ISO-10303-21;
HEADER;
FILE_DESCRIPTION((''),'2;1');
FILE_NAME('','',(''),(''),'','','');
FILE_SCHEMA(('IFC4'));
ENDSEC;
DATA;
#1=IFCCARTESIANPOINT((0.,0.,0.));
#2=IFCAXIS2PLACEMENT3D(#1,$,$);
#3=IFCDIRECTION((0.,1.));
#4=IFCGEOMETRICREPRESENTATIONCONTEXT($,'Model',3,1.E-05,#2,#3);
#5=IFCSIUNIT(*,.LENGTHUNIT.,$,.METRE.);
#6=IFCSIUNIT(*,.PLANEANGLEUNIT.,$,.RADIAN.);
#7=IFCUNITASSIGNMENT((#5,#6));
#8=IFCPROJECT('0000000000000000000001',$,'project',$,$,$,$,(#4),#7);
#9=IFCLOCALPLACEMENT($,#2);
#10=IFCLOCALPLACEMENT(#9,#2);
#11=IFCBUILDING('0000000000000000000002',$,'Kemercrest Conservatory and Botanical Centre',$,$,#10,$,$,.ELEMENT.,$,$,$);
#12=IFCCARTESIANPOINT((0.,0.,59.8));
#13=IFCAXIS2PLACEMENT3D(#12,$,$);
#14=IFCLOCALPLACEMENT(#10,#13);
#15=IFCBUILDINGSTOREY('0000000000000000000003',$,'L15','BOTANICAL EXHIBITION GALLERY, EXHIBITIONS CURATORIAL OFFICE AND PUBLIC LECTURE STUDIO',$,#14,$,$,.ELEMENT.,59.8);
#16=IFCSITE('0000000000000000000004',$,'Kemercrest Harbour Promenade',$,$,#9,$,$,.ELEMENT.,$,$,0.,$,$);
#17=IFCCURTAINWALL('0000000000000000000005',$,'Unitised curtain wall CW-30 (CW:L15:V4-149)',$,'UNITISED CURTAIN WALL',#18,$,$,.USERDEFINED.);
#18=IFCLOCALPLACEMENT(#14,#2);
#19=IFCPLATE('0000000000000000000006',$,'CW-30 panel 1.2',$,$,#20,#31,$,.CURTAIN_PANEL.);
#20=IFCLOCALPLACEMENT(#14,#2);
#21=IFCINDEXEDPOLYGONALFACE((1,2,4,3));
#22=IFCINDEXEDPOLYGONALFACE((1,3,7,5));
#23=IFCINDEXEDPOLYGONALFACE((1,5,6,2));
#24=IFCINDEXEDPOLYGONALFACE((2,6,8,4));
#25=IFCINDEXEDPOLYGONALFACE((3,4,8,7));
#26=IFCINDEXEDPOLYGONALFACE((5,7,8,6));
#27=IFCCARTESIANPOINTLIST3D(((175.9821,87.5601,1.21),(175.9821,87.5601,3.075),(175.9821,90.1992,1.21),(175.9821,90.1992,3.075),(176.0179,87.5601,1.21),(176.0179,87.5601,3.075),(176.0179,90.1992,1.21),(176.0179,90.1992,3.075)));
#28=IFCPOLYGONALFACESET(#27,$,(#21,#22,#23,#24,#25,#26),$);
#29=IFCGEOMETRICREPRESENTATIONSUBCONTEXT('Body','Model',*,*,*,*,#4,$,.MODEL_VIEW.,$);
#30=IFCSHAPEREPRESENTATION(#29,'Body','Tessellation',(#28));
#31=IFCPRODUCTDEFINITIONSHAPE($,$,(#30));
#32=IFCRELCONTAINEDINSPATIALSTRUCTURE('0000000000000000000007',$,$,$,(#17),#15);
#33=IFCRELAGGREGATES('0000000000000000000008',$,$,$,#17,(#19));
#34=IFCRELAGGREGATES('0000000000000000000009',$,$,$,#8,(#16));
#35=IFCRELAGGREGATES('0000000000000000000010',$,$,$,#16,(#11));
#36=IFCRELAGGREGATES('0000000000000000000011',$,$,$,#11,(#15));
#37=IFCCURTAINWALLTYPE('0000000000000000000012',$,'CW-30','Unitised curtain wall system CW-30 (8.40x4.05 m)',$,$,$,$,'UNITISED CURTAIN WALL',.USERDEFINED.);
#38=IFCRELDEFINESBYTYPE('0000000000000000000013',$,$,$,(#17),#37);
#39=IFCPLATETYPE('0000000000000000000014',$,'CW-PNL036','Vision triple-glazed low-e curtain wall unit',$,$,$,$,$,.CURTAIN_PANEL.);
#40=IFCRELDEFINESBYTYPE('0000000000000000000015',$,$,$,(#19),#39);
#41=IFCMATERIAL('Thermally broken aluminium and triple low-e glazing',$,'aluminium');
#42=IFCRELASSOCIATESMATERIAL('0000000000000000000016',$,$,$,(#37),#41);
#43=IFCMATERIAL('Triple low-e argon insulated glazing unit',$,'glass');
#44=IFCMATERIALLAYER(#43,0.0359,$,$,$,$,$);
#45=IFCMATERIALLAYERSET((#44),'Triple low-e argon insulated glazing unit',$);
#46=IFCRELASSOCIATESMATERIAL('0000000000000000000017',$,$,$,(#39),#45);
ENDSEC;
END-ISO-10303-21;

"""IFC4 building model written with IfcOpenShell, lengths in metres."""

from ifc_helpers import new_model, si_unit, direction, frame, origin, origin_2d, place, context, subcontext, project, spatial, rectangle, extrude, material, layer, layer_set, type_object, element, aggregate, save


model = new_model("IFC4")

# Units and contexts
model_context = context("Model", 3, precision=1e-05, world=origin(), true_north=direction((0.0, 1.0)))
body_context = subcontext(model_context, "Body", "Model", "MODEL_VIEW")
ifc_project = project(units=[si_unit("LENGTHUNIT", "METRE"), si_unit("PLANEANGLEUNIT", "RADIAN")], contexts=[model_context])

# Site, building, storey
site_placement = place(None, origin())
site = spatial("IfcSite", under=ifc_project, at=site_placement, Name="Kemercrest Harbour Promenade", CompositionType="ELEMENT", RefElevation=0.0)
building_placement = place(site_placement, origin())
building = spatial("IfcBuilding", under=site, at=building_placement, Name="Kemercrest Conservatory and Botanical Centre", CompositionType="ELEMENT")
storey_placement = place(building_placement, frame((0.0, 0.0, 59.8)))
storey = spatial("IfcBuildingStorey", under=building, at=storey_placement, Name="L15", Description="BOTANICAL EXHIBITION GALLERY, EXHIBITIONS CURATORIAL OFFICE AND PUBLIC LECTURE STUDIO", CompositionType="ELEMENT", Elevation=59.8)

# Curtain wall
ifc_material_1 = material(Name="Thermally broken aluminium and triple low-e glazing", Category="aluminium")
curtain_wall_type_1 = type_object("IfcCurtainWallType", Name="CW-30", Description="Unitised curtain wall system CW-30 (8.40x4.05 m)", ElementType="UNITISED CURTAIN WALL", PredefinedType="USERDEFINED", material=ifc_material_1)
curtain_wall_1_placement = place(storey_placement, origin())
curtain_wall_1 = element("IfcCurtainWall", 1, at=curtain_wall_1_placement, inside=storey, type_object=curtain_wall_type_1, Name="Unitised curtain wall CW-30 (CW:L15:V4-149)", ObjectType="UNITISED CURTAIN WALL", PredefinedType="USERDEFINED")

# Plate
ifc_material_2 = material(Name="Triple low-e argon insulated glazing unit", Category="glass")
ifc_layer = layer(ifc_material_2, 0.0359)
ifc_layer_set = layer_set([ifc_layer], Name="Triple low-e argon insulated glazing unit")
plate_type = type_object("IfcPlateType", Name="CW-PNL036", Description="Vision triple-glazed low-e curtain wall unit", PredefinedType="CURTAIN_PANEL", material=ifc_layer_set)
plate_1_placement = place(storey_placement, frame((176.0, 88.8796, 1.21), z_axis=(0.0, 0.0, 1.0), x_axis=(0.0, 1.0, 0.0)))
plate_1 = element("IfcPlate", 2, at=plate_1_placement, type_object=plate_type, Name="CW-30 panel 1.2", PredefinedType="CURTAIN_PANEL", context=body_context, shape_type="SweptSolid", body=[
    extrude(rectangle(XDim=2.6392, YDim=0.0359, at=origin_2d()), origin(), (0.0, 0.0, 1.0), 1.865),
])
aggregate(curtain_wall_1, [plate_1])

save(model, "model.ifc")
